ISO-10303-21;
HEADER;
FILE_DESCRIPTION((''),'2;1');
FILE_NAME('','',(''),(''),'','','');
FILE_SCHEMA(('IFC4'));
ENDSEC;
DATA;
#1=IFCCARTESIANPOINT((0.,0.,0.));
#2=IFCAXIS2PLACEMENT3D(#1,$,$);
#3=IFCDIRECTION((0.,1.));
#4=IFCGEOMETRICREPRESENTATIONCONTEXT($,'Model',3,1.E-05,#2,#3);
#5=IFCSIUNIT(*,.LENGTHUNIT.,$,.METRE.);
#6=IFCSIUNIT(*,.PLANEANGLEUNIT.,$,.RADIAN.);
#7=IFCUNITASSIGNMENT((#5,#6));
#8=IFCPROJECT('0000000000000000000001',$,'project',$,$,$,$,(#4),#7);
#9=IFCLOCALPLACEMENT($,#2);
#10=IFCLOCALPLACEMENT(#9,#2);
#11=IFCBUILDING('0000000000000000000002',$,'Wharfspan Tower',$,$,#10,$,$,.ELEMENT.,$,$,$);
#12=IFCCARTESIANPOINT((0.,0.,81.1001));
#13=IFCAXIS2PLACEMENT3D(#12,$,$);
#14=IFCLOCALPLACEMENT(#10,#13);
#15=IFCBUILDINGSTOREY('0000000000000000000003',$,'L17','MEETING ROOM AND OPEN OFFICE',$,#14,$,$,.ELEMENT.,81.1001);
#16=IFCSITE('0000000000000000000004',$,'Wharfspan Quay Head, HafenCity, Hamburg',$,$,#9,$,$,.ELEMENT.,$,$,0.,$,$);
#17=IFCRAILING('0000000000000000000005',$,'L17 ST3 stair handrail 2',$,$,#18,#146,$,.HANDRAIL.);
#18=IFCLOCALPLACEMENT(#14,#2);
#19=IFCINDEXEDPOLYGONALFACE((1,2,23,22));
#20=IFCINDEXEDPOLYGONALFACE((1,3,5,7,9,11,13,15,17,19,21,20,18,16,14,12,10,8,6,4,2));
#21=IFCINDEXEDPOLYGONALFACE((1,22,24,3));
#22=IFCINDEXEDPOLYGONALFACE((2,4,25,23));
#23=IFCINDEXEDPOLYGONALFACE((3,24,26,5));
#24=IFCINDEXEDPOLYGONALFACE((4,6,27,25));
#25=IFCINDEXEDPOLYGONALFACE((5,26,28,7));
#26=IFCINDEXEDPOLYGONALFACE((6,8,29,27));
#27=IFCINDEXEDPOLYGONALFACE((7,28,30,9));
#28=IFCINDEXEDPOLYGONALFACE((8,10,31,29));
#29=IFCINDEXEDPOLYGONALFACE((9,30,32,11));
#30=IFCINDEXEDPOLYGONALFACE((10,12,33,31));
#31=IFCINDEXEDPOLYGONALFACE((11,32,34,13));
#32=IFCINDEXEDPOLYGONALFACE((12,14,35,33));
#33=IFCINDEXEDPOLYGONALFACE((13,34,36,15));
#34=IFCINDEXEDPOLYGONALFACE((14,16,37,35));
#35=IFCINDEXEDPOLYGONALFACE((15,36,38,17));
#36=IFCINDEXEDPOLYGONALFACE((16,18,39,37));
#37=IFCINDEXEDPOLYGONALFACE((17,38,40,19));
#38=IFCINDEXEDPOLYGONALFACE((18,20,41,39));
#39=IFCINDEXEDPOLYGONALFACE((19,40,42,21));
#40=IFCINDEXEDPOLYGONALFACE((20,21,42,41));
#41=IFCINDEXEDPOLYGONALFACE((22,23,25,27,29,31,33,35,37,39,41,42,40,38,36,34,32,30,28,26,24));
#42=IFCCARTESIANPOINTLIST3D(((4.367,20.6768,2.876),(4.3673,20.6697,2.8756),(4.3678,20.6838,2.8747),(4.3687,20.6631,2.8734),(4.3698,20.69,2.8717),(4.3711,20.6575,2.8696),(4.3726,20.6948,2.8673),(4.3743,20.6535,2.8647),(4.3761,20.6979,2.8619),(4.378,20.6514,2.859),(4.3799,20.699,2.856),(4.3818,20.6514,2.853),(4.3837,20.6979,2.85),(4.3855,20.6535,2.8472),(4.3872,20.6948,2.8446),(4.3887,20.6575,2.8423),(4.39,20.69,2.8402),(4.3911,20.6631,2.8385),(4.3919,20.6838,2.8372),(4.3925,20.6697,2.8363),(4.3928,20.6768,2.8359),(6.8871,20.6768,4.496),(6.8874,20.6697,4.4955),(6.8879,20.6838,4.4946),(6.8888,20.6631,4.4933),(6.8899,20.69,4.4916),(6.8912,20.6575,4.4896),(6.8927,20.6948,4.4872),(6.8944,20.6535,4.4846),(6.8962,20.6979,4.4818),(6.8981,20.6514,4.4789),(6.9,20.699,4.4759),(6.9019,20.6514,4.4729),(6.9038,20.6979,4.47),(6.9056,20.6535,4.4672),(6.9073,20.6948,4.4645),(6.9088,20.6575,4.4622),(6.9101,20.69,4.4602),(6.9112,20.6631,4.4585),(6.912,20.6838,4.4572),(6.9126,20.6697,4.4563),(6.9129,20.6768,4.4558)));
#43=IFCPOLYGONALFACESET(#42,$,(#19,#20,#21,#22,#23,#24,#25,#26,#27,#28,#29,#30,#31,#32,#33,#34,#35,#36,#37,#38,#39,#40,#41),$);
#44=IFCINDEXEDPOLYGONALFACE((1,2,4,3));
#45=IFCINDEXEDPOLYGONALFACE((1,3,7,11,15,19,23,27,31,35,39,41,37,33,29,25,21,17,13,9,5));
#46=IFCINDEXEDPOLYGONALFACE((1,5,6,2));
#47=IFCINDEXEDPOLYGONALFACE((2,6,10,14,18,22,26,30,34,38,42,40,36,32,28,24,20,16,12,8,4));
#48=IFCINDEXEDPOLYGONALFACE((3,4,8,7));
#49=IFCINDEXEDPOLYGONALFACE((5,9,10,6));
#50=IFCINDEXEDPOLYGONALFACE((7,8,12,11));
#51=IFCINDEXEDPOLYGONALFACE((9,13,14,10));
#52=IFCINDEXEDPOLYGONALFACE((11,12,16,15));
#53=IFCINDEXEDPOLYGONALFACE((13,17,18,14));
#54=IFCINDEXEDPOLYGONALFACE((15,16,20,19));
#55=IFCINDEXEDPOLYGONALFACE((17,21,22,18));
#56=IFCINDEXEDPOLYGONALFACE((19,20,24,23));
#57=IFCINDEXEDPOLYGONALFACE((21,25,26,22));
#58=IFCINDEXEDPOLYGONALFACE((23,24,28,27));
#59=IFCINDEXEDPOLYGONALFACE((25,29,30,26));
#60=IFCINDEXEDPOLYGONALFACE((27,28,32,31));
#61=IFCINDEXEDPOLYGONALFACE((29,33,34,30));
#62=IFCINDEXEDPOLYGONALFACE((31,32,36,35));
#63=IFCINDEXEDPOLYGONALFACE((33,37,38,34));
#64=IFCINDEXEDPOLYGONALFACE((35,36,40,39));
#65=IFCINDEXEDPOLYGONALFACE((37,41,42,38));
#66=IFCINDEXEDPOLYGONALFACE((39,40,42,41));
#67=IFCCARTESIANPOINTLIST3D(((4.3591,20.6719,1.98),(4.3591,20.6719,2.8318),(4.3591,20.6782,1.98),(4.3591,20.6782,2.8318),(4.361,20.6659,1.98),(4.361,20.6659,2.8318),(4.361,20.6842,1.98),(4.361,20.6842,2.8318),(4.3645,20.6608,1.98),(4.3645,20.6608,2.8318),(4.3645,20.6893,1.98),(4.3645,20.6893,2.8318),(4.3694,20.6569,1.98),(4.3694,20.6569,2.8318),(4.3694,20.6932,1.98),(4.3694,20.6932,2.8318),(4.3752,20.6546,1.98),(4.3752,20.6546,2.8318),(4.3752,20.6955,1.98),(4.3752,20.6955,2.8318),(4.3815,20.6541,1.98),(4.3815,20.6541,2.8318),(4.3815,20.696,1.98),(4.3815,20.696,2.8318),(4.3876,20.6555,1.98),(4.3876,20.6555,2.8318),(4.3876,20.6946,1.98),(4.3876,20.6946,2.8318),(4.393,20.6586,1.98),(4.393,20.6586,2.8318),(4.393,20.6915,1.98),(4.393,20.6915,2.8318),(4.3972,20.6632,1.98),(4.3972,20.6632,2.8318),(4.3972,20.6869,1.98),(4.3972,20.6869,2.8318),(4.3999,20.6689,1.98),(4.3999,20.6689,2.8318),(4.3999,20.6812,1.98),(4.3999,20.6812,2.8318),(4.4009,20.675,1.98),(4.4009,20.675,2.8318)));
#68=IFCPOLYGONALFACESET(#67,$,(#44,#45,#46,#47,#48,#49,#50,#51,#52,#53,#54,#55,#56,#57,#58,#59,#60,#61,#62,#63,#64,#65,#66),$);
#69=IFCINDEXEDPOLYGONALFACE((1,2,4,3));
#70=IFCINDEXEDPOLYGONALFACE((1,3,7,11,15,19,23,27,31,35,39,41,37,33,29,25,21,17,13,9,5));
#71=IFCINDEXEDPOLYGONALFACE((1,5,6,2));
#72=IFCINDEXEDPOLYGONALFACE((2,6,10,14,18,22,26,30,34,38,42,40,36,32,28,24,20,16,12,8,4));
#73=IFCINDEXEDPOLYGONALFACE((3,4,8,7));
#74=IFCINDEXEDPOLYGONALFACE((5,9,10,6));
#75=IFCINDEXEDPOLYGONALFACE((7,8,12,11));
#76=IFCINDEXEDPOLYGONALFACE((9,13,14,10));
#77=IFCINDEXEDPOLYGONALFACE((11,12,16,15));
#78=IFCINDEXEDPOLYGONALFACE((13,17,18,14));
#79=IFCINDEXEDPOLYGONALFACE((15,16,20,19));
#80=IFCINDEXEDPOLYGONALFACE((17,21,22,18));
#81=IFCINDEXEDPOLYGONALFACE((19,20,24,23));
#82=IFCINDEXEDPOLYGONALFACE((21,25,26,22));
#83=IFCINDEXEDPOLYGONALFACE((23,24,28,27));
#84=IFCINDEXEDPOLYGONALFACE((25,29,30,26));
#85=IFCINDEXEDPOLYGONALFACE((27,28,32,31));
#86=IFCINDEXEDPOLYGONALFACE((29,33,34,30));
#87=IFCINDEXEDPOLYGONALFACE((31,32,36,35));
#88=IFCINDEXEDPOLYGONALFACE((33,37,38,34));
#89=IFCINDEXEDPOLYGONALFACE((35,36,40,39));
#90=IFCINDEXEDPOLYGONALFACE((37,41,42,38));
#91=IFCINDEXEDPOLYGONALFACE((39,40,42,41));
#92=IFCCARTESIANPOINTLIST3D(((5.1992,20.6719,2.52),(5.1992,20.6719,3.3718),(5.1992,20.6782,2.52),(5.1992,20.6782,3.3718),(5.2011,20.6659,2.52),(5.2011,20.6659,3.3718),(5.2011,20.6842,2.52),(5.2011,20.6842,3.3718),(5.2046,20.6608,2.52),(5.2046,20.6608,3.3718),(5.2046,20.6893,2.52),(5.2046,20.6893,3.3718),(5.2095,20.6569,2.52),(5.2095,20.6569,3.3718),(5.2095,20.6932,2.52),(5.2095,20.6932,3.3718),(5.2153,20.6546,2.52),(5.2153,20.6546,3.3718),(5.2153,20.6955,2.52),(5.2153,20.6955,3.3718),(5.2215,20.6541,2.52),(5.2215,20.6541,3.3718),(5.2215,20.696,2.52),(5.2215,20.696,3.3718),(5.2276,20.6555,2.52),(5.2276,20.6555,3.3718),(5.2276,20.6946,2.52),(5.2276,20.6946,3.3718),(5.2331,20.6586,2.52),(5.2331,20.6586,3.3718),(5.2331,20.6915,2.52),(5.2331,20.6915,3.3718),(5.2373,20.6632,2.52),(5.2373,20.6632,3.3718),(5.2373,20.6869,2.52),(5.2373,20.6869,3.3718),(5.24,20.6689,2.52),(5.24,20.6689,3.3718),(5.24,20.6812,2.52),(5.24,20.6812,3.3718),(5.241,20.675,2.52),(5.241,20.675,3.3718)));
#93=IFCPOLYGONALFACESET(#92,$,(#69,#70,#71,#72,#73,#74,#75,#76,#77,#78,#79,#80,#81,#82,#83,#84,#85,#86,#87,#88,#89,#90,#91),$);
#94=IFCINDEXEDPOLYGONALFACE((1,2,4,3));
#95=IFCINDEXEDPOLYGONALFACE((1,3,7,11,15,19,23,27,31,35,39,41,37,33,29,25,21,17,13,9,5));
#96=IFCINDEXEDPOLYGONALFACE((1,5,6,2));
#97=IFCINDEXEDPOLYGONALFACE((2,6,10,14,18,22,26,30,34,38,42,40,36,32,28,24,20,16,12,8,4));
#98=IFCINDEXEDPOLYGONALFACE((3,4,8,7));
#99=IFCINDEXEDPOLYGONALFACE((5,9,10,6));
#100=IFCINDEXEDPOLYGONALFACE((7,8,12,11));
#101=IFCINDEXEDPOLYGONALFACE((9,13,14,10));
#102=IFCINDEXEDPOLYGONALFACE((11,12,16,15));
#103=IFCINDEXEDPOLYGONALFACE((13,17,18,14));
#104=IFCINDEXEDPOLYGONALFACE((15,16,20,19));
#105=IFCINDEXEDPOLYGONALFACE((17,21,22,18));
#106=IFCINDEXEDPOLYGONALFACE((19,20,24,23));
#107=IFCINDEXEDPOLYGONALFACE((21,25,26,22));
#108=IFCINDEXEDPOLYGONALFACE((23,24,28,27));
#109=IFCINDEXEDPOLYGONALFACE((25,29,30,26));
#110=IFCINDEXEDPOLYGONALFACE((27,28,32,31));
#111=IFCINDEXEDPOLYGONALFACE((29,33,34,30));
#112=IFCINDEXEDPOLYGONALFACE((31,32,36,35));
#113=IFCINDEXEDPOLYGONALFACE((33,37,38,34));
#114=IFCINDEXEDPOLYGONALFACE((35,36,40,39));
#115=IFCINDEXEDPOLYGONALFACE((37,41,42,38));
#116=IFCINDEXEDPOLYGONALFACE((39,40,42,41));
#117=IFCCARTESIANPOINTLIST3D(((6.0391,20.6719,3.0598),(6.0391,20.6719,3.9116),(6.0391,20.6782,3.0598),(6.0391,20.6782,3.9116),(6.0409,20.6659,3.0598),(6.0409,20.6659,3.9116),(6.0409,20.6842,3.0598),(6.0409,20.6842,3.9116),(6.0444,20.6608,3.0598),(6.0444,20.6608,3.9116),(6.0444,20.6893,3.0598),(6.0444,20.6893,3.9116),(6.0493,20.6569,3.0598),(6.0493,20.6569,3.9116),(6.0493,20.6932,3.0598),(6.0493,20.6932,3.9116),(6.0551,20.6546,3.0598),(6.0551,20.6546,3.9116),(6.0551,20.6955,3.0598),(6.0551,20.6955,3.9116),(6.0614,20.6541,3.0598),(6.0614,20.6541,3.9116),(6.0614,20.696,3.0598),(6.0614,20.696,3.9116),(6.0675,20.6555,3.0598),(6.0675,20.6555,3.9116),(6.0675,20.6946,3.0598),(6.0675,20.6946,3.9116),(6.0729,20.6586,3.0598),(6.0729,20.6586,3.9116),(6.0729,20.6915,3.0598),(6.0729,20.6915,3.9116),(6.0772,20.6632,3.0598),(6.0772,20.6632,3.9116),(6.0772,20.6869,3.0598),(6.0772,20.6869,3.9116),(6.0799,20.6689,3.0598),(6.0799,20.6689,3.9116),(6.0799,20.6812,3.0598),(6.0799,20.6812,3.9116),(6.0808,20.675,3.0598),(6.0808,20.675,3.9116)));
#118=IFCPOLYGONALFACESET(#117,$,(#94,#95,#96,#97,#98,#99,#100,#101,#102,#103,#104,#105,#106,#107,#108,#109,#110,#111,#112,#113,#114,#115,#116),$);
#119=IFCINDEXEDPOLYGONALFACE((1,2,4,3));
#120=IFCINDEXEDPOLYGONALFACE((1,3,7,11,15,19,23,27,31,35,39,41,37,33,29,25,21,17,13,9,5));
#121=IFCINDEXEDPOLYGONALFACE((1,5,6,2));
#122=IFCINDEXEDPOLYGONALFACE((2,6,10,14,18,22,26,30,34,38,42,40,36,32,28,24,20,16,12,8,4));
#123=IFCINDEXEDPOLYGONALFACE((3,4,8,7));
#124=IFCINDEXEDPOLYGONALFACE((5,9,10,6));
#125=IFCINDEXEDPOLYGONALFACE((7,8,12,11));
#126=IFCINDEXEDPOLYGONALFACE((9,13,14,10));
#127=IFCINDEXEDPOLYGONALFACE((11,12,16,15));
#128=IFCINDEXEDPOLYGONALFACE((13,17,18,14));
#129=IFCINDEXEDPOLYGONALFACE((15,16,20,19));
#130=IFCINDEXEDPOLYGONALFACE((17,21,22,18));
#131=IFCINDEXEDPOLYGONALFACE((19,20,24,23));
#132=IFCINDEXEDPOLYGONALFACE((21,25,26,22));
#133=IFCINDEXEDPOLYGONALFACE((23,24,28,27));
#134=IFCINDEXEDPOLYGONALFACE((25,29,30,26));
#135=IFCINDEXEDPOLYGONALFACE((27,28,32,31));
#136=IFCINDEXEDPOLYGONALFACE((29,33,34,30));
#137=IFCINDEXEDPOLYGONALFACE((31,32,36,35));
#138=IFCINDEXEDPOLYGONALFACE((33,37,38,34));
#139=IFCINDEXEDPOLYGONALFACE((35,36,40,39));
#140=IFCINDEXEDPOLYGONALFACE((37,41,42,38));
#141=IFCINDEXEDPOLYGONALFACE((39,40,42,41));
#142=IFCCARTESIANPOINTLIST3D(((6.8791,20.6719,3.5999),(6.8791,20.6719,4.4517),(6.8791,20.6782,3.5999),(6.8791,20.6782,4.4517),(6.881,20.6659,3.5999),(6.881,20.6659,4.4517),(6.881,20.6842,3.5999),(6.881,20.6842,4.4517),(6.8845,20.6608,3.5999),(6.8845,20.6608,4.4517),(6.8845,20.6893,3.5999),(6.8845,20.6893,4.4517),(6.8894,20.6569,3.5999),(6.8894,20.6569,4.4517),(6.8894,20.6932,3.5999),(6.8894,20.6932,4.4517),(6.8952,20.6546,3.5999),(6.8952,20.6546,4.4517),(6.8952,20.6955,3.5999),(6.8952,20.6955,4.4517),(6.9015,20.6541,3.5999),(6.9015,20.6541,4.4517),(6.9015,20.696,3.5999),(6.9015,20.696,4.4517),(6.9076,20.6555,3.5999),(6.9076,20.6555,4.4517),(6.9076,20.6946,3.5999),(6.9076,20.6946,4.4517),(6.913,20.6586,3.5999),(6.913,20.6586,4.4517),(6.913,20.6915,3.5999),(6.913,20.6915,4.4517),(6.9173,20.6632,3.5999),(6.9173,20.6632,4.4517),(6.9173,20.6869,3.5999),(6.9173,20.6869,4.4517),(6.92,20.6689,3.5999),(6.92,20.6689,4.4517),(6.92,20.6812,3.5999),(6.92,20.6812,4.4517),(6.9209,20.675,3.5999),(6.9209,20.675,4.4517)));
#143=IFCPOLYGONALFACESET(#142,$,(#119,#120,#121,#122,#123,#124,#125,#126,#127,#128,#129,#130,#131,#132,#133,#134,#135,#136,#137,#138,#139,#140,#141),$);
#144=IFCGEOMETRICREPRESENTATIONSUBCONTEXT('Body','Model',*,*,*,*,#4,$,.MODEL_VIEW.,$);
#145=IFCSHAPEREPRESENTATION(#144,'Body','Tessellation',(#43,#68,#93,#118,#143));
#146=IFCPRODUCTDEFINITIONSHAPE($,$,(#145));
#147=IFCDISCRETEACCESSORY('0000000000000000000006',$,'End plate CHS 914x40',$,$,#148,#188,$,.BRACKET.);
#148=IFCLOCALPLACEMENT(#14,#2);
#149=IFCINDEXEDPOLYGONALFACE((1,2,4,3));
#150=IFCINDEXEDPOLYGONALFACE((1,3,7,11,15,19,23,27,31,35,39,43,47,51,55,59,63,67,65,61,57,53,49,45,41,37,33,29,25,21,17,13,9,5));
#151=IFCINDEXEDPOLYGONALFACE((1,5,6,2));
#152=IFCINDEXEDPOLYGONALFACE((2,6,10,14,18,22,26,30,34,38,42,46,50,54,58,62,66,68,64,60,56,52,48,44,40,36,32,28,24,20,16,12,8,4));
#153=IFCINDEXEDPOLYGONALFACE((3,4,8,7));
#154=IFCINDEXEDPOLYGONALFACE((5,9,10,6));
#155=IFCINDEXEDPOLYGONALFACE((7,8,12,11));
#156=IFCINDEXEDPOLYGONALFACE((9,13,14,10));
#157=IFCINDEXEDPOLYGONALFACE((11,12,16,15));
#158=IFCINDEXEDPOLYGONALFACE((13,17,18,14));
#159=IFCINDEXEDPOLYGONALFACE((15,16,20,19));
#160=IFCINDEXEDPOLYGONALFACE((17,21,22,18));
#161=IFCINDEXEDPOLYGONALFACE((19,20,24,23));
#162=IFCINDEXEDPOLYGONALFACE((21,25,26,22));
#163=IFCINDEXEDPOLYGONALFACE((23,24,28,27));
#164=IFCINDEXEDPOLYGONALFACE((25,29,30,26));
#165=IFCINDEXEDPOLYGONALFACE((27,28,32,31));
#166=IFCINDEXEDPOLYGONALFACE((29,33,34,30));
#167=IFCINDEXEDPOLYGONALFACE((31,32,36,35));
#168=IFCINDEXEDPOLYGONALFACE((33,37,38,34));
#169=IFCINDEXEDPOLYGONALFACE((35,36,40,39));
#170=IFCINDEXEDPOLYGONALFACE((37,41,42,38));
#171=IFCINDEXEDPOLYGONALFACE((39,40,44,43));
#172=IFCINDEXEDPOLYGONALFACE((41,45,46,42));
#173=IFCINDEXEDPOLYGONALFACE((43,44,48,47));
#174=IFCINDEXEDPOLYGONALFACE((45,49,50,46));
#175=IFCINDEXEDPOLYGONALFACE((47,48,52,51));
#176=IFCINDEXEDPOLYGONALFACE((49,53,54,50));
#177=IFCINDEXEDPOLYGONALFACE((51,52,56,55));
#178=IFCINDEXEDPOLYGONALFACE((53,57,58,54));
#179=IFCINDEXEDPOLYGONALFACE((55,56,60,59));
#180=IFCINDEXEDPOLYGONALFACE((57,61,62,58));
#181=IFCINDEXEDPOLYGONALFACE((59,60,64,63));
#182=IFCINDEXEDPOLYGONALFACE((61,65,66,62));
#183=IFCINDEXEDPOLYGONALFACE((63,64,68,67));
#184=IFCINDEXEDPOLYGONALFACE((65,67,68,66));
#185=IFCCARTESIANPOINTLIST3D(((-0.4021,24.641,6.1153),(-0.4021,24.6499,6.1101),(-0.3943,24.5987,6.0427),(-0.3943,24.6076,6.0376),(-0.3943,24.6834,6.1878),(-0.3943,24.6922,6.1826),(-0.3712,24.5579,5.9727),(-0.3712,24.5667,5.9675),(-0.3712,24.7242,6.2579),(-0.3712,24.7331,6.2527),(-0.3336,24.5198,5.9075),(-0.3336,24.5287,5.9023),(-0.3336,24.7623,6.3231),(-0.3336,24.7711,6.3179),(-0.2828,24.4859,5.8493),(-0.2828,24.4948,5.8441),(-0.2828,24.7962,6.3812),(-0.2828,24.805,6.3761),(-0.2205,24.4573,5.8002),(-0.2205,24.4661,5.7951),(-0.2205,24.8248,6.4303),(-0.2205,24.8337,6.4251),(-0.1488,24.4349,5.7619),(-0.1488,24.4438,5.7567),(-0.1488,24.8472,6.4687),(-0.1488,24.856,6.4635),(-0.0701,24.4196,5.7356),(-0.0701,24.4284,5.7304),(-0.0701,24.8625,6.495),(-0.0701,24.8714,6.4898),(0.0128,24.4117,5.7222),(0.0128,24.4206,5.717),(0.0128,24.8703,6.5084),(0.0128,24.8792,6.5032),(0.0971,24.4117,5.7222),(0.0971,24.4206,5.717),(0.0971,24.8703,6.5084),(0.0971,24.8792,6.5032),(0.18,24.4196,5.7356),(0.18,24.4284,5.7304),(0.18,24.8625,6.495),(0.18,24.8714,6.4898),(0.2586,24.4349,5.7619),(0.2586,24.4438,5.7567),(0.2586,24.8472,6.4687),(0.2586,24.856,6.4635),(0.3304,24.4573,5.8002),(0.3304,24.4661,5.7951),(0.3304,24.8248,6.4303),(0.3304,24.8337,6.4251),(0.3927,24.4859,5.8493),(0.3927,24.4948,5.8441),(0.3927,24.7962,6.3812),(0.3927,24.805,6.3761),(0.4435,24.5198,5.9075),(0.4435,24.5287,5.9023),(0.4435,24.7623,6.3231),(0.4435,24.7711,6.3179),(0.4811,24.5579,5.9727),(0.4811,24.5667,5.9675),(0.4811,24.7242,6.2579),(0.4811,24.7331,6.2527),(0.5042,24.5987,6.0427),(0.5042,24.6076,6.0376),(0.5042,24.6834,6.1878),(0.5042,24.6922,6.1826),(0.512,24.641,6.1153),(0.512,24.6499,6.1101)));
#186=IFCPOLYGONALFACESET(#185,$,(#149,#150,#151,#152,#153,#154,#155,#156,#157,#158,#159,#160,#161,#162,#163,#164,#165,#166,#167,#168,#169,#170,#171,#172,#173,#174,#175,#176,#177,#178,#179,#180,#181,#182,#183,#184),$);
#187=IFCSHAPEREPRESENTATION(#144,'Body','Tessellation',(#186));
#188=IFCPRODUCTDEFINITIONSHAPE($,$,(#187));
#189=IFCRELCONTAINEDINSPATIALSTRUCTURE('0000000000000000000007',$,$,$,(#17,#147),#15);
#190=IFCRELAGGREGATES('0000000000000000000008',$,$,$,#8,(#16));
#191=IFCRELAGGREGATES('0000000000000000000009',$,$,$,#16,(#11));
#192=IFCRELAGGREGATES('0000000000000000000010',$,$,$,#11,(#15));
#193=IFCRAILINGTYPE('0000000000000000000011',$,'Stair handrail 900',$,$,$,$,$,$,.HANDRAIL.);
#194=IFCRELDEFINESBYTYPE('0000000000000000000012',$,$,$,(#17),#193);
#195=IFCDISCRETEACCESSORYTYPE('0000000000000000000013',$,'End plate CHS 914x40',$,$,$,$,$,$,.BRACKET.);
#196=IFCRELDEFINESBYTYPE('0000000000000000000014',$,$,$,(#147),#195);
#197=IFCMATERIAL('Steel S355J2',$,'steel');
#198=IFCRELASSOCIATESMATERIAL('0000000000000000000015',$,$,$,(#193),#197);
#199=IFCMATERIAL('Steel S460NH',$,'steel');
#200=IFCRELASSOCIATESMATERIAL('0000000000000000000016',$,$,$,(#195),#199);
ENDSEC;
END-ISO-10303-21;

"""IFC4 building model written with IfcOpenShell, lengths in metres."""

from ifc_helpers import new_model, si_unit, direction, frame, origin, origin_2d, place, context, subcontext, project, spatial, circle, extrude, material, material_profile, profile_set, type_object, element, save


model = new_model("IFC4")

# Units and contexts
model_context = context("Model", 3, precision=1e-05, world=origin(), true_north=direction((0.0, 1.0)))
body_context = subcontext(model_context, "Body", "Model", "MODEL_VIEW")
ifc_project = project(units=[si_unit("LENGTHUNIT", "METRE"), si_unit("PLANEANGLEUNIT", "RADIAN")], contexts=[model_context])

# Site, building, storey
site_placement = place(None, origin())
site = spatial("IfcSite", under=ifc_project, at=site_placement, Name="Wharfspan Quay Head, HafenCity, Hamburg", CompositionType="ELEMENT", RefElevation=0.0)
building_placement = place(site_placement, origin())
building = spatial("IfcBuilding", under=site, at=building_placement, Name="Wharfspan Tower", CompositionType="ELEMENT")
storey_placement = place(building_placement, frame((0.0, 0.0, 81.1001)))
storey = spatial("IfcBuildingStorey", under=building, at=storey_placement, Name="L17", Description="MEETING ROOM AND OPEN OFFICE", CompositionType="ELEMENT", Elevation=81.1001)

# Shared definitions
ifc_material_1 = material(Name="Steel S355J2", Category="steel")

# Shared definitions
ifc_material_2 = material(Name="Steel S460NH", Category="steel")

# Railing
railing_type_1 = type_object("IfcRailingType", Name="Stair handrail 900", PredefinedType="HANDRAIL", material=ifc_material_1)
railing_1_placement = place(storey_placement, frame((4.3799, 20.675, 1.98)))
element("IfcRailing", 1, at=railing_1_placement, inside=storey, type_object=railing_type_1, Name="L17 ST3 stair handrail 2", PredefinedType="HANDRAIL", context=body_context, shape_type="SweptSolid", body=[
    extrude(circle(Radius=0.0239, at=origin_2d()), frame((0.0, 0.0, 0.876), z_axis=(0.8412, 0.0, 0.540725), x_axis=(0.0, 1.0, 0.0)), (0.0, 0.0, 1.0), 2.9958),
    extrude(circle(Radius=0.021, at=origin_2d()), origin(), (0.0, 0.0, 1.0), 0.8518),
    extrude(circle(Radius=0.021, at=origin_2d()), frame((0.8401, 0.0, 0.54)), (0.0, 0.0, 1.0), 0.8518),
    extrude(circle(Radius=0.021, at=origin_2d()), frame((1.6799, 0.0, 1.0798)), (0.0, 0.0, 1.0), 0.8518),
    extrude(circle(Radius=0.021, at=origin_2d()), frame((2.52, 0.0, 1.6199)), (0.0, 0.0, 1.0), 0.8518),
])

# Discrete accessory
ifc_material_profile_1 = material_profile(ifc_material_2, circle(Radius=0.457, at=origin_2d()))
ifc_profile_set_1 = profile_set([ifc_material_profile_1], Name="Steel S460NH")
discrete_accessory_type = type_object("IfcDiscreteAccessoryType", Name="End plate CHS 914x40", PredefinedType="BRACKET", material=ifc_profile_set_1)
for number, where, z_axis, x_axis, name in (
    (2, (0.0549, 24.6499, 6.1101), (0.0, -0.863779, 0.503871), (1.0, 0.0, 0.0), "End plate CHS 914x40"),
):
    element("IfcDiscreteAccessory", number, at=place(storey_placement, frame(where, z_axis=z_axis, x_axis=x_axis)), inside=storey, type_object=discrete_accessory_type, Name=name, PredefinedType="BRACKET", context=body_context, shape_type="SweptSolid", body=[
        extrude(circle(Radius=0.457, at=origin_2d()), origin(), (0.0, 0.0, 1.0), 0.0103),
    ])

save(model, "model.ifc")
